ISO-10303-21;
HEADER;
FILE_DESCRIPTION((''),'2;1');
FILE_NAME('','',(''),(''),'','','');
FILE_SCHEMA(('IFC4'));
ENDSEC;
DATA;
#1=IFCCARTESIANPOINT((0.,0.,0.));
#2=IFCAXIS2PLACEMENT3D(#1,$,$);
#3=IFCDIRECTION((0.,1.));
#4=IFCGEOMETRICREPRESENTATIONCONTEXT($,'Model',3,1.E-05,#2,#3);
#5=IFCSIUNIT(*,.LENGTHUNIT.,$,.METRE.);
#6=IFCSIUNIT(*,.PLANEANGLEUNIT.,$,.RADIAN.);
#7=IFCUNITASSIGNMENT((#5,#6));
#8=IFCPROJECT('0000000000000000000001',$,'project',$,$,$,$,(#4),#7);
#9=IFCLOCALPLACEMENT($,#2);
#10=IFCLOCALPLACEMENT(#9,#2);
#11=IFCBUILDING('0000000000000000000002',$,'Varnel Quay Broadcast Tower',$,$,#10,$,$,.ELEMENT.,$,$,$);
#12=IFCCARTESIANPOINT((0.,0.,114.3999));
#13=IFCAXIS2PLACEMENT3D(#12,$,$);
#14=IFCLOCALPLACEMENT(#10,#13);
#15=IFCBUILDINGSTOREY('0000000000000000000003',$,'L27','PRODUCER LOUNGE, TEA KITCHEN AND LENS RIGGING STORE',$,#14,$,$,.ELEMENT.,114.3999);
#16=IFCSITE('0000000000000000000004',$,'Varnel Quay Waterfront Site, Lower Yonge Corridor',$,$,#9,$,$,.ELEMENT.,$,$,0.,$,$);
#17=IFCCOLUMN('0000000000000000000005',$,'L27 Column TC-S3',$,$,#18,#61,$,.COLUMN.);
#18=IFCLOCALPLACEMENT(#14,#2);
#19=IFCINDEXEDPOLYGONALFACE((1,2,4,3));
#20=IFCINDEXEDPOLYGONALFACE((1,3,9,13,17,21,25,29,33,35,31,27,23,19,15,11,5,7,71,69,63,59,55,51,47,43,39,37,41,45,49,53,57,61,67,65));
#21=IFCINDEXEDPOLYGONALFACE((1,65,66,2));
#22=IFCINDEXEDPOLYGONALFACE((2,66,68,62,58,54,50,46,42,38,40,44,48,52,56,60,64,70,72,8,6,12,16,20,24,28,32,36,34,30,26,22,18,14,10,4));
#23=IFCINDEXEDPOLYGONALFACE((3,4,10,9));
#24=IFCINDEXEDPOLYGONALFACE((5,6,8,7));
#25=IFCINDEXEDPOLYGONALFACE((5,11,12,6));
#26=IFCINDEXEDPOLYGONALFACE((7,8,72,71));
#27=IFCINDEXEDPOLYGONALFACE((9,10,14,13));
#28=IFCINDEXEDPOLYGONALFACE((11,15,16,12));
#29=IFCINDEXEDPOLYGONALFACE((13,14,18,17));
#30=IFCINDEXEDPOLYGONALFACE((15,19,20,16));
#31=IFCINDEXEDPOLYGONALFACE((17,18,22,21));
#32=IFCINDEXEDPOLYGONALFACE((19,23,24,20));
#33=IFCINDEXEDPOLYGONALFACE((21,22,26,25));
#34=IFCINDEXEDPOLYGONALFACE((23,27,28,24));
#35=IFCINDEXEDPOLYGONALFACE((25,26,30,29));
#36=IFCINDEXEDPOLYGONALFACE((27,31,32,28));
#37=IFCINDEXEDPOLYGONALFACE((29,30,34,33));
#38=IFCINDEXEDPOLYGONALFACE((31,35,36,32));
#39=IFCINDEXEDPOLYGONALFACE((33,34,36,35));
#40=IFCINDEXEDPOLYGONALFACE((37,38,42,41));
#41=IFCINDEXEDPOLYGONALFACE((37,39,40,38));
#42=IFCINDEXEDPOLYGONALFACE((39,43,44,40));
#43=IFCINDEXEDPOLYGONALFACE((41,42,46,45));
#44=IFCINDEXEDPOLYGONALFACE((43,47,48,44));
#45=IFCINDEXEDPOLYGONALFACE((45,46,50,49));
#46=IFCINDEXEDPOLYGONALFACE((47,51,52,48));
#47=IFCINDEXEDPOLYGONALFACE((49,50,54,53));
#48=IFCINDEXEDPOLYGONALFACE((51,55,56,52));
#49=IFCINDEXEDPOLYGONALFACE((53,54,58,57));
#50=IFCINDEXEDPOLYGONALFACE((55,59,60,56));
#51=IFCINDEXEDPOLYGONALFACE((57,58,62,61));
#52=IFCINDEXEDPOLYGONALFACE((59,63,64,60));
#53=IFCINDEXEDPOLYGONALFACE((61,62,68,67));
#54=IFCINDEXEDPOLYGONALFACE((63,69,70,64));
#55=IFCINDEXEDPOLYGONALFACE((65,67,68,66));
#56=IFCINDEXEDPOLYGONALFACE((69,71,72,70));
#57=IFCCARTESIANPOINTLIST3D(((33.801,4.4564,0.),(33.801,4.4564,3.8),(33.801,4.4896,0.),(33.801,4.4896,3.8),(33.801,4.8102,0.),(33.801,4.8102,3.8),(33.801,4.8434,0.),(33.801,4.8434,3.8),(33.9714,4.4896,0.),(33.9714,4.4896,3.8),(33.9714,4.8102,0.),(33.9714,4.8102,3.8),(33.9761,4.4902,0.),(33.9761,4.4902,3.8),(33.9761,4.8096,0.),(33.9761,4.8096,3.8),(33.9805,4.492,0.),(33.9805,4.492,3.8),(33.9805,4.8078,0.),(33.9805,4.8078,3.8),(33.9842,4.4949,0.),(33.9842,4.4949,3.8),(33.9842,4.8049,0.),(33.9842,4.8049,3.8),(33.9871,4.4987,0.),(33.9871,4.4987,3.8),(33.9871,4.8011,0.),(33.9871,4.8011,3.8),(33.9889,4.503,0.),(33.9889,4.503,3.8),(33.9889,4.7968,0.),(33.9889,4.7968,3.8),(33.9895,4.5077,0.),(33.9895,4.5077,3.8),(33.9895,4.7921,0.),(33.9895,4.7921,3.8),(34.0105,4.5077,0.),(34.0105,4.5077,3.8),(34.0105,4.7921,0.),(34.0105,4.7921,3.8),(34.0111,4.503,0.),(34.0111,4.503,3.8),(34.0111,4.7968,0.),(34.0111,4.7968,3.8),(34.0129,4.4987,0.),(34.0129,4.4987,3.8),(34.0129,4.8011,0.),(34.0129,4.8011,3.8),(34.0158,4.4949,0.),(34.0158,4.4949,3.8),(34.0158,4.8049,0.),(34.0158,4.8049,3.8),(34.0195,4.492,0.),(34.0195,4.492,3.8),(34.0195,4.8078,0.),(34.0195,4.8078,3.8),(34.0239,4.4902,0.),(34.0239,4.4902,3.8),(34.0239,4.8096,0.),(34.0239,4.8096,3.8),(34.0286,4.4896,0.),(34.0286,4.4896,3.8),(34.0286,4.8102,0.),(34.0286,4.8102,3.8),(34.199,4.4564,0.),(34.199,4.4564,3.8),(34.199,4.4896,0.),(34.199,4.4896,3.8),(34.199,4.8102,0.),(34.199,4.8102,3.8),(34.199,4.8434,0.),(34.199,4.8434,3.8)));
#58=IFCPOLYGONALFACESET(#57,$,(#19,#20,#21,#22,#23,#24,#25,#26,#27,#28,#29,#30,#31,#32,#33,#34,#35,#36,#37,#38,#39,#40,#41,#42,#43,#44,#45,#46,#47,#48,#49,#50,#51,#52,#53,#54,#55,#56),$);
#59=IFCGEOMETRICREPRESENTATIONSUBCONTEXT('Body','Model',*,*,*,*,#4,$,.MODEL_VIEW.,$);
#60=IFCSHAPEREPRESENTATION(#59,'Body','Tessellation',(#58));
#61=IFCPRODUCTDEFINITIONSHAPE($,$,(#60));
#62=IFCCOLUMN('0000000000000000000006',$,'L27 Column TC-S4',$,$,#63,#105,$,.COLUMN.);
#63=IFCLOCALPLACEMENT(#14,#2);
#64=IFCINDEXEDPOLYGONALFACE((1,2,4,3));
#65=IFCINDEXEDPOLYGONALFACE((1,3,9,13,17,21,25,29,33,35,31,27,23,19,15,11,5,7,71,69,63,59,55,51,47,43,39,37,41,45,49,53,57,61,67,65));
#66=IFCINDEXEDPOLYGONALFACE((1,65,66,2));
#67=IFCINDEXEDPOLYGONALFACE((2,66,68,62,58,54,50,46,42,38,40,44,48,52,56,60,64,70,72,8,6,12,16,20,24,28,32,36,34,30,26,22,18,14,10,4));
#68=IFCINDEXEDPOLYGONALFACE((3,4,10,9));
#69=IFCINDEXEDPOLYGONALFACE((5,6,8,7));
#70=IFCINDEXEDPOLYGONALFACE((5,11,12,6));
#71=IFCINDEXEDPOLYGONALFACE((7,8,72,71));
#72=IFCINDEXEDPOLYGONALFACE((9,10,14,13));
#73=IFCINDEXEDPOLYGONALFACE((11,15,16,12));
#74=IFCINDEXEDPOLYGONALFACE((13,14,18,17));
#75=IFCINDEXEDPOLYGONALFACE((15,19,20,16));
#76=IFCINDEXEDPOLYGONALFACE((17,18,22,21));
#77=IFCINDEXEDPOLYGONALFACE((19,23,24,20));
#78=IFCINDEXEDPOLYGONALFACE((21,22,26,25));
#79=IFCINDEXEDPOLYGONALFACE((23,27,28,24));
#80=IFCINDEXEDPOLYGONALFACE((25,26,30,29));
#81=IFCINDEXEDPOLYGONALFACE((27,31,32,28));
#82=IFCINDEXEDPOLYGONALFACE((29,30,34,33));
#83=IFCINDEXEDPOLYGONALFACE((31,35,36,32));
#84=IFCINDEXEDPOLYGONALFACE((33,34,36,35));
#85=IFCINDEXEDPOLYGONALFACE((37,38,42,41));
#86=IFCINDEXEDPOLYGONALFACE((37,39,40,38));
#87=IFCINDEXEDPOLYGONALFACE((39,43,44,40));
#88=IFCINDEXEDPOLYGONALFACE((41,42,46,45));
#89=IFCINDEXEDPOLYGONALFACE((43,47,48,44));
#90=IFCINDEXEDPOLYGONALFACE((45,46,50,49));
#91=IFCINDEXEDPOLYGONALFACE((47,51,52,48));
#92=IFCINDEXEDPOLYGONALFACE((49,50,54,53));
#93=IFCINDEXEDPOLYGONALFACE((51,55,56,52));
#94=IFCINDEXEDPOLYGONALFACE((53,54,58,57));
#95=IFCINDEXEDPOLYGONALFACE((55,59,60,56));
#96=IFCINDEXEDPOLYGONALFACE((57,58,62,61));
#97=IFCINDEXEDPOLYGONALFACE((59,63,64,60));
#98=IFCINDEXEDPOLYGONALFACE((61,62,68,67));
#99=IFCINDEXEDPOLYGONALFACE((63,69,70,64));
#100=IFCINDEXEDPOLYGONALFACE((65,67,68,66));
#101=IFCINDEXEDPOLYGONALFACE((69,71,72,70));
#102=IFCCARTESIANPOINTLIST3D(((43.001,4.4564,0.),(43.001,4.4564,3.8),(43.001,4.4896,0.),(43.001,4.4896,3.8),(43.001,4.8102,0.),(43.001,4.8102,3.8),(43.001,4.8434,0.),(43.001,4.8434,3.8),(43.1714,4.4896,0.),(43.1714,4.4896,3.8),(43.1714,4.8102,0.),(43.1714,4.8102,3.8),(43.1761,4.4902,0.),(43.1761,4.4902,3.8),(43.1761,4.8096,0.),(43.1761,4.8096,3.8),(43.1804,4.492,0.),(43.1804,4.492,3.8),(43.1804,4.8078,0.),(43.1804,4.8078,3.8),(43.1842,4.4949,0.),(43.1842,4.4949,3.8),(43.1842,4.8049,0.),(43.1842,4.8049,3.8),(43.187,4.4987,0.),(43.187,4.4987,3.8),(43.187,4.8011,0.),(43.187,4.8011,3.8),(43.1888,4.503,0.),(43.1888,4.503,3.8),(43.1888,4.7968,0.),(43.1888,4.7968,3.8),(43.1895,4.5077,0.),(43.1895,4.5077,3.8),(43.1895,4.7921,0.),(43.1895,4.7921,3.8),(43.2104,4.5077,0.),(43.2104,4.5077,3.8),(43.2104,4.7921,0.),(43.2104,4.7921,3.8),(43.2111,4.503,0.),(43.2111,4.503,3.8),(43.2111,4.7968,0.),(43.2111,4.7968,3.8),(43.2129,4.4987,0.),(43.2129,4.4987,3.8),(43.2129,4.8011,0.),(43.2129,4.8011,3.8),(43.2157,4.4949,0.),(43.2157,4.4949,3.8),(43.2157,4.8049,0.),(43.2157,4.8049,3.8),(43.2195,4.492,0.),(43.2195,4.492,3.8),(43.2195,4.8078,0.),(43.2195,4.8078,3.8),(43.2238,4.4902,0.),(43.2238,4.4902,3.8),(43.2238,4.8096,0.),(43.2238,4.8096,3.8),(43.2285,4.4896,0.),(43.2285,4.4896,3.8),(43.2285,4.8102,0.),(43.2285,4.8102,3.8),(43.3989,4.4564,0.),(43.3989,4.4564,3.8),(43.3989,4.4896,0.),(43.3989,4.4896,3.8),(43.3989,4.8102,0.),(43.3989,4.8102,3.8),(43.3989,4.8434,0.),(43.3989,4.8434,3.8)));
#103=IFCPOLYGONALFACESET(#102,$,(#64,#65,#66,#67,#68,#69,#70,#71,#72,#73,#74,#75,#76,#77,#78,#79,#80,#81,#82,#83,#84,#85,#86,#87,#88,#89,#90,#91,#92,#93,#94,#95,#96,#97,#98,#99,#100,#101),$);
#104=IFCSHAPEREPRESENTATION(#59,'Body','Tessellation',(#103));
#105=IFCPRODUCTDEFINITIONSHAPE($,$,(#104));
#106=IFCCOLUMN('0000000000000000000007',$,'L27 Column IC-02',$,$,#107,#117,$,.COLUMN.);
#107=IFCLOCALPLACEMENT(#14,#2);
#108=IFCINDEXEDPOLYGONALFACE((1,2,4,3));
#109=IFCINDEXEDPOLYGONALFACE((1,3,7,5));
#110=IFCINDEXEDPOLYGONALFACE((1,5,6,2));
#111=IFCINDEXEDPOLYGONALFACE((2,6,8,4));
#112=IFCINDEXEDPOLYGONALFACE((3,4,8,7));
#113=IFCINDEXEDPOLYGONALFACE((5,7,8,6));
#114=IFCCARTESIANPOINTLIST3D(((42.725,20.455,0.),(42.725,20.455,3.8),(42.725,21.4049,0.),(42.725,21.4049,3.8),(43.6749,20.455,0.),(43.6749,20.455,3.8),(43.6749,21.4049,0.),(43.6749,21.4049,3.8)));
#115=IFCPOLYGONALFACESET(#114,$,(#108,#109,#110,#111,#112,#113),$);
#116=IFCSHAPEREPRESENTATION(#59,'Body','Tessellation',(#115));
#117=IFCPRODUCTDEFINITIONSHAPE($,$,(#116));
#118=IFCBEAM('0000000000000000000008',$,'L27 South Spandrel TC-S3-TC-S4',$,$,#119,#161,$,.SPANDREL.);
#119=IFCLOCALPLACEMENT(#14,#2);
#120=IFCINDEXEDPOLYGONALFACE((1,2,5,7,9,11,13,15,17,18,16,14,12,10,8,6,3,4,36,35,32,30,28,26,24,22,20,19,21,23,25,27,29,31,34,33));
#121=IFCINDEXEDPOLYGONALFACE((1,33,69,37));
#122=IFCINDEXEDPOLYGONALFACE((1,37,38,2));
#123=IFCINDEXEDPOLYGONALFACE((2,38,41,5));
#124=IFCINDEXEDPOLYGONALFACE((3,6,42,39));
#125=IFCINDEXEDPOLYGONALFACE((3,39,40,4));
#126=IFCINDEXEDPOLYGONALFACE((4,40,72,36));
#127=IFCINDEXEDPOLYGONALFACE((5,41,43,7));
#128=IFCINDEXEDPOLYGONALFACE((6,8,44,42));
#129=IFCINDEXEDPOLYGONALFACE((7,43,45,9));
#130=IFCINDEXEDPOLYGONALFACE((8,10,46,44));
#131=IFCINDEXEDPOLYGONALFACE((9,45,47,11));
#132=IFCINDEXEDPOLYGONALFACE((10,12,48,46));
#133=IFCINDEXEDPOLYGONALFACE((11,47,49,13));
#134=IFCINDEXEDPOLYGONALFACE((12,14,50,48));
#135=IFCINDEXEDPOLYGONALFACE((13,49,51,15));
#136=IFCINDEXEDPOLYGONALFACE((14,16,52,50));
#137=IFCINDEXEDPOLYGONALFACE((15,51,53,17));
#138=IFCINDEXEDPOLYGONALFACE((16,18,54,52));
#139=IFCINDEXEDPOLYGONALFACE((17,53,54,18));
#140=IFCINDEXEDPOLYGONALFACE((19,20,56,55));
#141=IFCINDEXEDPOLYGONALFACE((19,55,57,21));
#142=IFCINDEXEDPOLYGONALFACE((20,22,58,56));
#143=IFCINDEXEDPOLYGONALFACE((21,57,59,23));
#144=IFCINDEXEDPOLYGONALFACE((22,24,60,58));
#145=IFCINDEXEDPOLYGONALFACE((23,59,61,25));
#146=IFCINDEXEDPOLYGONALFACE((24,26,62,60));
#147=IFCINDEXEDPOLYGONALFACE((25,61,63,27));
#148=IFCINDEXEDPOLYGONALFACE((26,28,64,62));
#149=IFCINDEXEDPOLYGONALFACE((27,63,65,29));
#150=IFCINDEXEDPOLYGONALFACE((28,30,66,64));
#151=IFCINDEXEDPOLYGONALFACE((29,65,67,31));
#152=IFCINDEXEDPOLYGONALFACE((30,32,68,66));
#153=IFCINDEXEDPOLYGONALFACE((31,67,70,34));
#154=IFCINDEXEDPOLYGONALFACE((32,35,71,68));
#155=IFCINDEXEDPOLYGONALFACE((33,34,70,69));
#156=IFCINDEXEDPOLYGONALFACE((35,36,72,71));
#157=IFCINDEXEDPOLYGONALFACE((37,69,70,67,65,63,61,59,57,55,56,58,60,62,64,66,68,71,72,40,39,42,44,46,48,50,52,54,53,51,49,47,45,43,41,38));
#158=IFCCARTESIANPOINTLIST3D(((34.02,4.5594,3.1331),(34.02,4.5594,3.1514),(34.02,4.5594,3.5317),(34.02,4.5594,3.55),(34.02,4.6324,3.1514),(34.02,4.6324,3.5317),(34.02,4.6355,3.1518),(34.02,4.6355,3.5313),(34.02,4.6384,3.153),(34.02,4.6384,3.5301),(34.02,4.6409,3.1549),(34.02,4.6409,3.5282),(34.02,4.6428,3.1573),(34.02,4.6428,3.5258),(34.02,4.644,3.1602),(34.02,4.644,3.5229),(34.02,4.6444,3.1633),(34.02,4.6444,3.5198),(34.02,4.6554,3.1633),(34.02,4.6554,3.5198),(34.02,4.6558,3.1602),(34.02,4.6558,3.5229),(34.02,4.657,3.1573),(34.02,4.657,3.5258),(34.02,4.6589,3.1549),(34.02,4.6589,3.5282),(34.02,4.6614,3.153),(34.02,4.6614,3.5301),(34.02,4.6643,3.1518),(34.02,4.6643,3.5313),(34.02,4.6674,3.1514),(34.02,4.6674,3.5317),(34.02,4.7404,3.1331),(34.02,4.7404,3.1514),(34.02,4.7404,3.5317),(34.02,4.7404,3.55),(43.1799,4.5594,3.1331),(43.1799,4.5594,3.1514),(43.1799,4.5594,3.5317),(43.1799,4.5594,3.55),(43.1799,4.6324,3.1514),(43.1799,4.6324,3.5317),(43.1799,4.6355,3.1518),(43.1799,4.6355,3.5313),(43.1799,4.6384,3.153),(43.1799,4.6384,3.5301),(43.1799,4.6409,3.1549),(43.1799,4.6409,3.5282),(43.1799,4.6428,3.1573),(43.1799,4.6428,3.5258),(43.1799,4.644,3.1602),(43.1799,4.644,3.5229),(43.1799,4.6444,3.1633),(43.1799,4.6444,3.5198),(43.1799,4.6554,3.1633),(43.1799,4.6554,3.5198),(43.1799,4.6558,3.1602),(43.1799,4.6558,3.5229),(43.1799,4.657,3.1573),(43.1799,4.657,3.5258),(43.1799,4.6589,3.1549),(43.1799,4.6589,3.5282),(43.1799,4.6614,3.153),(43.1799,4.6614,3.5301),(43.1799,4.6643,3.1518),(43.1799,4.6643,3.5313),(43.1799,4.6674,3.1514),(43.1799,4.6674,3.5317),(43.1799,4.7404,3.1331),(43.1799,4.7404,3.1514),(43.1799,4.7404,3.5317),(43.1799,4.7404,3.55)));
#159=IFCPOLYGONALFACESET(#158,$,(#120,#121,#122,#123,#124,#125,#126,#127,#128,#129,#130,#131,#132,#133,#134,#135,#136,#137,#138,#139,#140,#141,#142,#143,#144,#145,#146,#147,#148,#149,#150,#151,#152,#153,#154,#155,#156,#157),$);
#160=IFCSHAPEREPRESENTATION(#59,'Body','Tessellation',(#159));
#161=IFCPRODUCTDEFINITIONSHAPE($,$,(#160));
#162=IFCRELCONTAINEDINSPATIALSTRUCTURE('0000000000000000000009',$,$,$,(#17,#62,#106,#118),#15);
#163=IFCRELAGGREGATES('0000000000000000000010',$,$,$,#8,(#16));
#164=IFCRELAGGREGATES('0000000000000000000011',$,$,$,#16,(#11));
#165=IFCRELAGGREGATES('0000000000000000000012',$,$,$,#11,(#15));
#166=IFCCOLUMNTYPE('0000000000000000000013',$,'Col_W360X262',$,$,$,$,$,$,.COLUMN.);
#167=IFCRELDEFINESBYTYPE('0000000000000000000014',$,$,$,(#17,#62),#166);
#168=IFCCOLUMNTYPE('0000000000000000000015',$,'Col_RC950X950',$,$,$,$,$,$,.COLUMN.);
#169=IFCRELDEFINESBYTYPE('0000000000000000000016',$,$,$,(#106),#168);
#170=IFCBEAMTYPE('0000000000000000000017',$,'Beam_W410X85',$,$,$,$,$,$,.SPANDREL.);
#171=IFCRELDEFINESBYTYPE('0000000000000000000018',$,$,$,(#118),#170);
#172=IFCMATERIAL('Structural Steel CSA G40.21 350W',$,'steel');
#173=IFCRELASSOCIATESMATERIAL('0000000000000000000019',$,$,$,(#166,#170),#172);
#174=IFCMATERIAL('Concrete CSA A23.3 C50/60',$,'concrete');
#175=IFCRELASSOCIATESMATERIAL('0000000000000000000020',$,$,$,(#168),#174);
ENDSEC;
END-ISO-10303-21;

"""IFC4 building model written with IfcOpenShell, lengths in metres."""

from ifc_helpers import new_model, si_unit, direction, frame, origin, origin_2d, place, context, subcontext, project, spatial, rectangle, i_section, extrude, source, transform, mapped, material, material_profile, profile_set, type_object, type_shapes, element, save


model = new_model("IFC4")

# Units and contexts
model_context = context("Model", 3, precision=1e-05, world=origin(), true_north=direction((0.0, 1.0)))
body_context = subcontext(model_context, "Body", "Model", "MODEL_VIEW")
ifc_project = project(units=[si_unit("LENGTHUNIT", "METRE"), si_unit("PLANEANGLEUNIT", "RADIAN")], contexts=[model_context])

# Site, building, storey
site_placement = place(None, origin())
site = spatial("IfcSite", under=ifc_project, at=site_placement, Name="Varnel Quay Waterfront Site, Lower Yonge Corridor", CompositionType="ELEMENT", RefElevation=0.0)
building_placement = place(site_placement, origin())
building = spatial("IfcBuilding", under=site, at=building_placement, Name="Varnel Quay Broadcast Tower", CompositionType="ELEMENT")
storey_placement = place(building_placement, frame((0.0, 0.0, 114.3999)))
storey = spatial("IfcBuildingStorey", under=building, at=storey_placement, Name="L27", Description="PRODUCER LOUNGE, TEA KITCHEN AND LENS RIGGING STORE", CompositionType="ELEMENT", Elevation=114.3999)

# Columns
ifc_material_1 = material(Name="Structural Steel CSA G40.21 350W", Category="steel")
ifc_material_profile_1 = material_profile(ifc_material_1, i_section(OverallWidth=0.3979, OverallDepth=0.387, WebThickness=0.021, FlangeThickness=0.0332, FilletRadius=0.0181, at=origin_2d()), Name="W360X262")
ifc_profile_set_1 = profile_set([ifc_material_profile_1], Name="Structural Steel CSA G40.21 350W")
column_type_1 = type_object("IfcColumnType", Name="Col_W360X262", PredefinedType="COLUMN", material=ifc_profile_set_1)
shared_shape_1 = source(origin(), body_context, "Body", "SweptSolid", [
    extrude(i_section(OverallWidth=0.3979, OverallDepth=0.387, WebThickness=0.021, FlangeThickness=0.0332, FilletRadius=0.0181, at=origin_2d()), origin(), (0.0, 0.0, 1.0), 3.8),
])
type_shapes(column_type_1, [shared_shape_1])
for number, where, z_axis, x_axis, name in (
    (1, (34.0, 4.6499, 0.0), (0.0, 0.0, 1.0), (1.0, 0.0, 0.0), "L27 Column TC-S3"),
    (2, (43.2, 4.6499, 0.0), (0.0, 0.0, 1.0), (1.0, 0.0, 0.0), "L27 Column TC-S4"),
):
    element("IfcColumn", number, at=place(storey_placement, frame(where, z_axis=z_axis, x_axis=x_axis)), inside=storey, type_object=column_type_1, Name=name, PredefinedType="COLUMN", context=body_context, shape_type="MappedRepresentation", body=[
        mapped(shared_shape_1, transform((0.0, 0.0, 0.0), x_axis=(1.0, 0.0, 0.0), y_axis=(0.0, 1.0, 0.0), z_axis=(0.0, 0.0, 1.0), scale=1.0)),
    ])
ifc_material_2 = material(Name="Concrete CSA A23.3 C50/60", Category="concrete")
ifc_material_profile_2 = material_profile(ifc_material_2, rectangle(XDim=0.95, YDim=0.95, at=origin_2d()), Name="RC950X950")
ifc_profile_set_2 = profile_set([ifc_material_profile_2], Name="Concrete CSA A23.3 C50/60")
column_type_2 = type_object("IfcColumnType", Name="Col_RC950X950", PredefinedType="COLUMN", material=ifc_profile_set_2)
shared_shape_2 = source(origin(), body_context, "Body", "SweptSolid", [
    extrude(rectangle(XDim=0.95, YDim=0.95, at=origin_2d()), origin(), (0.0, 0.0, 1.0), 3.8),
])
type_shapes(column_type_2, [shared_shape_2])
column_placement = place(storey_placement, frame((43.2, 20.9299, 0.0), z_axis=(0.0, 0.0, 1.0), x_axis=(1.0, 0.0, 0.0)))
element("IfcColumn", 3, at=column_placement, inside=storey, type_object=column_type_2, Name="L27 Column IC-02", PredefinedType="COLUMN", context=body_context, shape_type="MappedRepresentation", body=[
    mapped(shared_shape_2, transform((0.0, 0.0, 0.0), x_axis=(1.0, 0.0, 0.0), y_axis=(0.0, 1.0, 0.0), z_axis=(0.0, 0.0, 1.0), scale=1.0)),
])

# Beam
ifc_material_profile_3 = material_profile(ifc_material_1, i_section(OverallWidth=0.1809, OverallDepth=0.417, WebThickness=0.011, FlangeThickness=0.0183, FilletRadius=0.012, at=origin_2d()), Name="W410X85")
ifc_profile_set_3 = profile_set([ifc_material_profile_3], Name="Structural Steel CSA G40.21 350W")
beam_type_1 = type_object("IfcBeamType", Name="Beam_W410X85", PredefinedType="SPANDREL", material=ifc_profile_set_3)
shared_shape_3 = source(origin(), body_context, "Body", "SweptSolid", [
    extrude(i_section(OverallWidth=0.1809, OverallDepth=0.417, WebThickness=0.011, FlangeThickness=0.0183, FilletRadius=0.012, at=origin_2d()), origin(), (0.0, 0.0, 1.0), 9.1599),
])
type_shapes(beam_type_1, [shared_shape_3])
for number, where, z_axis, x_axis, name in (
    (4, (34.02, 4.6499, 3.3416), (1.0, 0.0, 0.0), (0.0, 1.0, 0.0), "L27 South Spandrel TC-S3-TC-S4"),
):
    element("IfcBeam", number, at=place(storey_placement, frame(where, z_axis=z_axis, x_axis=x_axis)), inside=storey, type_object=beam_type_1, Name=name, PredefinedType="SPANDREL", context=body_context, shape_type="MappedRepresentation", body=[
        mapped(shared_shape_3, transform((0.0, 0.0, 0.0), x_axis=(1.0, 0.0, 0.0), y_axis=(0.0, 1.0, 0.0), z_axis=(0.0, 0.0, 1.0), scale=1.0)),
    ])

save(model, "model.ifc")
